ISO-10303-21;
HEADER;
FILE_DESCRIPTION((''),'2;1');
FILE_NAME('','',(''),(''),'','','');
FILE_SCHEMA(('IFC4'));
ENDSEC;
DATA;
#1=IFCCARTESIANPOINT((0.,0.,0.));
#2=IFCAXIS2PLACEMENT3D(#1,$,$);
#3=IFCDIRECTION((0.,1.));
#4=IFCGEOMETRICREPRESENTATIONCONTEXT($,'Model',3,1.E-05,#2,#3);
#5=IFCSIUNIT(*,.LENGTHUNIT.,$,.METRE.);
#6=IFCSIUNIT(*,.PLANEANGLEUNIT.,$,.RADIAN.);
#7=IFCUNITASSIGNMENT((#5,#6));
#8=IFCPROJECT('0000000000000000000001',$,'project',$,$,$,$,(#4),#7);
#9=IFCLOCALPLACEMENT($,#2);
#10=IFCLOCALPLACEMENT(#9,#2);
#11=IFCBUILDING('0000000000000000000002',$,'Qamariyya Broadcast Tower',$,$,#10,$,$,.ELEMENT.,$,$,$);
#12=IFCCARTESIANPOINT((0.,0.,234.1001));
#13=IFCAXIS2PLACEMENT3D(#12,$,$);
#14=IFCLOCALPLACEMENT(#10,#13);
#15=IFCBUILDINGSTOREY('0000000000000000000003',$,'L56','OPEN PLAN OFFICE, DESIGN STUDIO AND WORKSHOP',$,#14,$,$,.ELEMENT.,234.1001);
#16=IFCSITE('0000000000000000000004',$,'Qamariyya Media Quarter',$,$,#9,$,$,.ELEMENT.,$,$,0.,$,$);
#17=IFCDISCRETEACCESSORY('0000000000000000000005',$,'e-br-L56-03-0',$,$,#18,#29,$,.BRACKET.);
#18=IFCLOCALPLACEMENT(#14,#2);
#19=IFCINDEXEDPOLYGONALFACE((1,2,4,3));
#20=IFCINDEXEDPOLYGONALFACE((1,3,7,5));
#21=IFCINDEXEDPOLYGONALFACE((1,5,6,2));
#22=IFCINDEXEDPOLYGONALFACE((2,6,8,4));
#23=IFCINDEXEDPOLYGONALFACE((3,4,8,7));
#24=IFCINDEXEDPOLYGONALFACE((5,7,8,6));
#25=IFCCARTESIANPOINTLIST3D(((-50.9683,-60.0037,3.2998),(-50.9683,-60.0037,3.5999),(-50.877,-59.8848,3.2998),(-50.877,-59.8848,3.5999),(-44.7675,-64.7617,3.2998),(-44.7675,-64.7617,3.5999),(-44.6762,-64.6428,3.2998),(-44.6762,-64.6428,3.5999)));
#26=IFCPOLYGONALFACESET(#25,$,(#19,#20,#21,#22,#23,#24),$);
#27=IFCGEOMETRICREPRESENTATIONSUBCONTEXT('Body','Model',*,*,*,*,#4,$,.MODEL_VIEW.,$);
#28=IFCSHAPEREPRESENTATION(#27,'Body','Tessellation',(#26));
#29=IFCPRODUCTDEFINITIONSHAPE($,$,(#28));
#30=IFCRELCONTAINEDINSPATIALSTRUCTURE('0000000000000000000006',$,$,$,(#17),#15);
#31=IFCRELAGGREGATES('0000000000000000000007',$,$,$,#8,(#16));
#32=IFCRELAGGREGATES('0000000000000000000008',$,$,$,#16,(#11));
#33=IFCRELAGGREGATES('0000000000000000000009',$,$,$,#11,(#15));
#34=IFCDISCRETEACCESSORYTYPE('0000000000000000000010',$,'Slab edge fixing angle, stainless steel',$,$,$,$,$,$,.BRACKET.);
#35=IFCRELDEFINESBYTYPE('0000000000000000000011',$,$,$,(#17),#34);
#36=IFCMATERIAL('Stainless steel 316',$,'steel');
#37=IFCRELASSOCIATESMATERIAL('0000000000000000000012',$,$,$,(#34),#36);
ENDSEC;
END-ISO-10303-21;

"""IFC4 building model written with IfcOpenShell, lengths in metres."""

from ifc_helpers import new_model, si_unit, direction, frame, origin, origin_2d, place, context, subcontext, project, spatial, rectangle, extrude, material, type_object, element, save


model = new_model("IFC4")

# Units and contexts
model_context = context("Model", 3, precision=1e-05, world=origin(), true_north=direction((0.0, 1.0)))
body_context = subcontext(model_context, "Body", "Model", "MODEL_VIEW")
ifc_project = project(units=[si_unit("LENGTHUNIT", "METRE"), si_unit("PLANEANGLEUNIT", "RADIAN")], contexts=[model_context])

# Site, building, storey
site_placement = place(None, origin())
site = spatial("IfcSite", under=ifc_project, at=site_placement, Name="Qamariyya Media Quarter", CompositionType="ELEMENT", RefElevation=0.0)
building_placement = place(site_placement, origin())
building = spatial("IfcBuilding", under=site, at=building_placement, Name="Qamariyya Broadcast Tower", CompositionType="ELEMENT")
storey_placement = place(building_placement, frame((0.0, 0.0, 234.1001)))
storey = spatial("IfcBuildingStorey", under=building, at=storey_placement, Name="L56", Description="OPEN PLAN OFFICE, DESIGN STUDIO AND WORKSHOP", CompositionType="ELEMENT", Elevation=234.1001)

# Discrete accessory
ifc_material_1 = material(Name="Stainless steel 316", Category="steel")
discrete_accessory_type = type_object("IfcDiscreteAccessoryType", Name="Slab edge fixing angle, stainless steel", PredefinedType="BRACKET", material=ifc_material_1)
discrete_accessory_placement = place(storey_placement, frame((-47.8223, -62.3232, 3.2998), z_axis=(0.0, 0.0, 1.0), x_axis=(0.793353, -0.608761, 0.0)))
element("IfcDiscreteAccessory", 1, at=discrete_accessory_placement, inside=storey, type_object=discrete_accessory_type, Name="e-br-L56-03-0", PredefinedType="BRACKET", context=body_context, shape_type="SweptSolid", body=[
    extrude(rectangle(XDim=7.8159, YDim=0.1499, at=origin_2d()), origin(), (0.0, 0.0, 1.0), 0.3),
])

save(model, "model.ifc")
